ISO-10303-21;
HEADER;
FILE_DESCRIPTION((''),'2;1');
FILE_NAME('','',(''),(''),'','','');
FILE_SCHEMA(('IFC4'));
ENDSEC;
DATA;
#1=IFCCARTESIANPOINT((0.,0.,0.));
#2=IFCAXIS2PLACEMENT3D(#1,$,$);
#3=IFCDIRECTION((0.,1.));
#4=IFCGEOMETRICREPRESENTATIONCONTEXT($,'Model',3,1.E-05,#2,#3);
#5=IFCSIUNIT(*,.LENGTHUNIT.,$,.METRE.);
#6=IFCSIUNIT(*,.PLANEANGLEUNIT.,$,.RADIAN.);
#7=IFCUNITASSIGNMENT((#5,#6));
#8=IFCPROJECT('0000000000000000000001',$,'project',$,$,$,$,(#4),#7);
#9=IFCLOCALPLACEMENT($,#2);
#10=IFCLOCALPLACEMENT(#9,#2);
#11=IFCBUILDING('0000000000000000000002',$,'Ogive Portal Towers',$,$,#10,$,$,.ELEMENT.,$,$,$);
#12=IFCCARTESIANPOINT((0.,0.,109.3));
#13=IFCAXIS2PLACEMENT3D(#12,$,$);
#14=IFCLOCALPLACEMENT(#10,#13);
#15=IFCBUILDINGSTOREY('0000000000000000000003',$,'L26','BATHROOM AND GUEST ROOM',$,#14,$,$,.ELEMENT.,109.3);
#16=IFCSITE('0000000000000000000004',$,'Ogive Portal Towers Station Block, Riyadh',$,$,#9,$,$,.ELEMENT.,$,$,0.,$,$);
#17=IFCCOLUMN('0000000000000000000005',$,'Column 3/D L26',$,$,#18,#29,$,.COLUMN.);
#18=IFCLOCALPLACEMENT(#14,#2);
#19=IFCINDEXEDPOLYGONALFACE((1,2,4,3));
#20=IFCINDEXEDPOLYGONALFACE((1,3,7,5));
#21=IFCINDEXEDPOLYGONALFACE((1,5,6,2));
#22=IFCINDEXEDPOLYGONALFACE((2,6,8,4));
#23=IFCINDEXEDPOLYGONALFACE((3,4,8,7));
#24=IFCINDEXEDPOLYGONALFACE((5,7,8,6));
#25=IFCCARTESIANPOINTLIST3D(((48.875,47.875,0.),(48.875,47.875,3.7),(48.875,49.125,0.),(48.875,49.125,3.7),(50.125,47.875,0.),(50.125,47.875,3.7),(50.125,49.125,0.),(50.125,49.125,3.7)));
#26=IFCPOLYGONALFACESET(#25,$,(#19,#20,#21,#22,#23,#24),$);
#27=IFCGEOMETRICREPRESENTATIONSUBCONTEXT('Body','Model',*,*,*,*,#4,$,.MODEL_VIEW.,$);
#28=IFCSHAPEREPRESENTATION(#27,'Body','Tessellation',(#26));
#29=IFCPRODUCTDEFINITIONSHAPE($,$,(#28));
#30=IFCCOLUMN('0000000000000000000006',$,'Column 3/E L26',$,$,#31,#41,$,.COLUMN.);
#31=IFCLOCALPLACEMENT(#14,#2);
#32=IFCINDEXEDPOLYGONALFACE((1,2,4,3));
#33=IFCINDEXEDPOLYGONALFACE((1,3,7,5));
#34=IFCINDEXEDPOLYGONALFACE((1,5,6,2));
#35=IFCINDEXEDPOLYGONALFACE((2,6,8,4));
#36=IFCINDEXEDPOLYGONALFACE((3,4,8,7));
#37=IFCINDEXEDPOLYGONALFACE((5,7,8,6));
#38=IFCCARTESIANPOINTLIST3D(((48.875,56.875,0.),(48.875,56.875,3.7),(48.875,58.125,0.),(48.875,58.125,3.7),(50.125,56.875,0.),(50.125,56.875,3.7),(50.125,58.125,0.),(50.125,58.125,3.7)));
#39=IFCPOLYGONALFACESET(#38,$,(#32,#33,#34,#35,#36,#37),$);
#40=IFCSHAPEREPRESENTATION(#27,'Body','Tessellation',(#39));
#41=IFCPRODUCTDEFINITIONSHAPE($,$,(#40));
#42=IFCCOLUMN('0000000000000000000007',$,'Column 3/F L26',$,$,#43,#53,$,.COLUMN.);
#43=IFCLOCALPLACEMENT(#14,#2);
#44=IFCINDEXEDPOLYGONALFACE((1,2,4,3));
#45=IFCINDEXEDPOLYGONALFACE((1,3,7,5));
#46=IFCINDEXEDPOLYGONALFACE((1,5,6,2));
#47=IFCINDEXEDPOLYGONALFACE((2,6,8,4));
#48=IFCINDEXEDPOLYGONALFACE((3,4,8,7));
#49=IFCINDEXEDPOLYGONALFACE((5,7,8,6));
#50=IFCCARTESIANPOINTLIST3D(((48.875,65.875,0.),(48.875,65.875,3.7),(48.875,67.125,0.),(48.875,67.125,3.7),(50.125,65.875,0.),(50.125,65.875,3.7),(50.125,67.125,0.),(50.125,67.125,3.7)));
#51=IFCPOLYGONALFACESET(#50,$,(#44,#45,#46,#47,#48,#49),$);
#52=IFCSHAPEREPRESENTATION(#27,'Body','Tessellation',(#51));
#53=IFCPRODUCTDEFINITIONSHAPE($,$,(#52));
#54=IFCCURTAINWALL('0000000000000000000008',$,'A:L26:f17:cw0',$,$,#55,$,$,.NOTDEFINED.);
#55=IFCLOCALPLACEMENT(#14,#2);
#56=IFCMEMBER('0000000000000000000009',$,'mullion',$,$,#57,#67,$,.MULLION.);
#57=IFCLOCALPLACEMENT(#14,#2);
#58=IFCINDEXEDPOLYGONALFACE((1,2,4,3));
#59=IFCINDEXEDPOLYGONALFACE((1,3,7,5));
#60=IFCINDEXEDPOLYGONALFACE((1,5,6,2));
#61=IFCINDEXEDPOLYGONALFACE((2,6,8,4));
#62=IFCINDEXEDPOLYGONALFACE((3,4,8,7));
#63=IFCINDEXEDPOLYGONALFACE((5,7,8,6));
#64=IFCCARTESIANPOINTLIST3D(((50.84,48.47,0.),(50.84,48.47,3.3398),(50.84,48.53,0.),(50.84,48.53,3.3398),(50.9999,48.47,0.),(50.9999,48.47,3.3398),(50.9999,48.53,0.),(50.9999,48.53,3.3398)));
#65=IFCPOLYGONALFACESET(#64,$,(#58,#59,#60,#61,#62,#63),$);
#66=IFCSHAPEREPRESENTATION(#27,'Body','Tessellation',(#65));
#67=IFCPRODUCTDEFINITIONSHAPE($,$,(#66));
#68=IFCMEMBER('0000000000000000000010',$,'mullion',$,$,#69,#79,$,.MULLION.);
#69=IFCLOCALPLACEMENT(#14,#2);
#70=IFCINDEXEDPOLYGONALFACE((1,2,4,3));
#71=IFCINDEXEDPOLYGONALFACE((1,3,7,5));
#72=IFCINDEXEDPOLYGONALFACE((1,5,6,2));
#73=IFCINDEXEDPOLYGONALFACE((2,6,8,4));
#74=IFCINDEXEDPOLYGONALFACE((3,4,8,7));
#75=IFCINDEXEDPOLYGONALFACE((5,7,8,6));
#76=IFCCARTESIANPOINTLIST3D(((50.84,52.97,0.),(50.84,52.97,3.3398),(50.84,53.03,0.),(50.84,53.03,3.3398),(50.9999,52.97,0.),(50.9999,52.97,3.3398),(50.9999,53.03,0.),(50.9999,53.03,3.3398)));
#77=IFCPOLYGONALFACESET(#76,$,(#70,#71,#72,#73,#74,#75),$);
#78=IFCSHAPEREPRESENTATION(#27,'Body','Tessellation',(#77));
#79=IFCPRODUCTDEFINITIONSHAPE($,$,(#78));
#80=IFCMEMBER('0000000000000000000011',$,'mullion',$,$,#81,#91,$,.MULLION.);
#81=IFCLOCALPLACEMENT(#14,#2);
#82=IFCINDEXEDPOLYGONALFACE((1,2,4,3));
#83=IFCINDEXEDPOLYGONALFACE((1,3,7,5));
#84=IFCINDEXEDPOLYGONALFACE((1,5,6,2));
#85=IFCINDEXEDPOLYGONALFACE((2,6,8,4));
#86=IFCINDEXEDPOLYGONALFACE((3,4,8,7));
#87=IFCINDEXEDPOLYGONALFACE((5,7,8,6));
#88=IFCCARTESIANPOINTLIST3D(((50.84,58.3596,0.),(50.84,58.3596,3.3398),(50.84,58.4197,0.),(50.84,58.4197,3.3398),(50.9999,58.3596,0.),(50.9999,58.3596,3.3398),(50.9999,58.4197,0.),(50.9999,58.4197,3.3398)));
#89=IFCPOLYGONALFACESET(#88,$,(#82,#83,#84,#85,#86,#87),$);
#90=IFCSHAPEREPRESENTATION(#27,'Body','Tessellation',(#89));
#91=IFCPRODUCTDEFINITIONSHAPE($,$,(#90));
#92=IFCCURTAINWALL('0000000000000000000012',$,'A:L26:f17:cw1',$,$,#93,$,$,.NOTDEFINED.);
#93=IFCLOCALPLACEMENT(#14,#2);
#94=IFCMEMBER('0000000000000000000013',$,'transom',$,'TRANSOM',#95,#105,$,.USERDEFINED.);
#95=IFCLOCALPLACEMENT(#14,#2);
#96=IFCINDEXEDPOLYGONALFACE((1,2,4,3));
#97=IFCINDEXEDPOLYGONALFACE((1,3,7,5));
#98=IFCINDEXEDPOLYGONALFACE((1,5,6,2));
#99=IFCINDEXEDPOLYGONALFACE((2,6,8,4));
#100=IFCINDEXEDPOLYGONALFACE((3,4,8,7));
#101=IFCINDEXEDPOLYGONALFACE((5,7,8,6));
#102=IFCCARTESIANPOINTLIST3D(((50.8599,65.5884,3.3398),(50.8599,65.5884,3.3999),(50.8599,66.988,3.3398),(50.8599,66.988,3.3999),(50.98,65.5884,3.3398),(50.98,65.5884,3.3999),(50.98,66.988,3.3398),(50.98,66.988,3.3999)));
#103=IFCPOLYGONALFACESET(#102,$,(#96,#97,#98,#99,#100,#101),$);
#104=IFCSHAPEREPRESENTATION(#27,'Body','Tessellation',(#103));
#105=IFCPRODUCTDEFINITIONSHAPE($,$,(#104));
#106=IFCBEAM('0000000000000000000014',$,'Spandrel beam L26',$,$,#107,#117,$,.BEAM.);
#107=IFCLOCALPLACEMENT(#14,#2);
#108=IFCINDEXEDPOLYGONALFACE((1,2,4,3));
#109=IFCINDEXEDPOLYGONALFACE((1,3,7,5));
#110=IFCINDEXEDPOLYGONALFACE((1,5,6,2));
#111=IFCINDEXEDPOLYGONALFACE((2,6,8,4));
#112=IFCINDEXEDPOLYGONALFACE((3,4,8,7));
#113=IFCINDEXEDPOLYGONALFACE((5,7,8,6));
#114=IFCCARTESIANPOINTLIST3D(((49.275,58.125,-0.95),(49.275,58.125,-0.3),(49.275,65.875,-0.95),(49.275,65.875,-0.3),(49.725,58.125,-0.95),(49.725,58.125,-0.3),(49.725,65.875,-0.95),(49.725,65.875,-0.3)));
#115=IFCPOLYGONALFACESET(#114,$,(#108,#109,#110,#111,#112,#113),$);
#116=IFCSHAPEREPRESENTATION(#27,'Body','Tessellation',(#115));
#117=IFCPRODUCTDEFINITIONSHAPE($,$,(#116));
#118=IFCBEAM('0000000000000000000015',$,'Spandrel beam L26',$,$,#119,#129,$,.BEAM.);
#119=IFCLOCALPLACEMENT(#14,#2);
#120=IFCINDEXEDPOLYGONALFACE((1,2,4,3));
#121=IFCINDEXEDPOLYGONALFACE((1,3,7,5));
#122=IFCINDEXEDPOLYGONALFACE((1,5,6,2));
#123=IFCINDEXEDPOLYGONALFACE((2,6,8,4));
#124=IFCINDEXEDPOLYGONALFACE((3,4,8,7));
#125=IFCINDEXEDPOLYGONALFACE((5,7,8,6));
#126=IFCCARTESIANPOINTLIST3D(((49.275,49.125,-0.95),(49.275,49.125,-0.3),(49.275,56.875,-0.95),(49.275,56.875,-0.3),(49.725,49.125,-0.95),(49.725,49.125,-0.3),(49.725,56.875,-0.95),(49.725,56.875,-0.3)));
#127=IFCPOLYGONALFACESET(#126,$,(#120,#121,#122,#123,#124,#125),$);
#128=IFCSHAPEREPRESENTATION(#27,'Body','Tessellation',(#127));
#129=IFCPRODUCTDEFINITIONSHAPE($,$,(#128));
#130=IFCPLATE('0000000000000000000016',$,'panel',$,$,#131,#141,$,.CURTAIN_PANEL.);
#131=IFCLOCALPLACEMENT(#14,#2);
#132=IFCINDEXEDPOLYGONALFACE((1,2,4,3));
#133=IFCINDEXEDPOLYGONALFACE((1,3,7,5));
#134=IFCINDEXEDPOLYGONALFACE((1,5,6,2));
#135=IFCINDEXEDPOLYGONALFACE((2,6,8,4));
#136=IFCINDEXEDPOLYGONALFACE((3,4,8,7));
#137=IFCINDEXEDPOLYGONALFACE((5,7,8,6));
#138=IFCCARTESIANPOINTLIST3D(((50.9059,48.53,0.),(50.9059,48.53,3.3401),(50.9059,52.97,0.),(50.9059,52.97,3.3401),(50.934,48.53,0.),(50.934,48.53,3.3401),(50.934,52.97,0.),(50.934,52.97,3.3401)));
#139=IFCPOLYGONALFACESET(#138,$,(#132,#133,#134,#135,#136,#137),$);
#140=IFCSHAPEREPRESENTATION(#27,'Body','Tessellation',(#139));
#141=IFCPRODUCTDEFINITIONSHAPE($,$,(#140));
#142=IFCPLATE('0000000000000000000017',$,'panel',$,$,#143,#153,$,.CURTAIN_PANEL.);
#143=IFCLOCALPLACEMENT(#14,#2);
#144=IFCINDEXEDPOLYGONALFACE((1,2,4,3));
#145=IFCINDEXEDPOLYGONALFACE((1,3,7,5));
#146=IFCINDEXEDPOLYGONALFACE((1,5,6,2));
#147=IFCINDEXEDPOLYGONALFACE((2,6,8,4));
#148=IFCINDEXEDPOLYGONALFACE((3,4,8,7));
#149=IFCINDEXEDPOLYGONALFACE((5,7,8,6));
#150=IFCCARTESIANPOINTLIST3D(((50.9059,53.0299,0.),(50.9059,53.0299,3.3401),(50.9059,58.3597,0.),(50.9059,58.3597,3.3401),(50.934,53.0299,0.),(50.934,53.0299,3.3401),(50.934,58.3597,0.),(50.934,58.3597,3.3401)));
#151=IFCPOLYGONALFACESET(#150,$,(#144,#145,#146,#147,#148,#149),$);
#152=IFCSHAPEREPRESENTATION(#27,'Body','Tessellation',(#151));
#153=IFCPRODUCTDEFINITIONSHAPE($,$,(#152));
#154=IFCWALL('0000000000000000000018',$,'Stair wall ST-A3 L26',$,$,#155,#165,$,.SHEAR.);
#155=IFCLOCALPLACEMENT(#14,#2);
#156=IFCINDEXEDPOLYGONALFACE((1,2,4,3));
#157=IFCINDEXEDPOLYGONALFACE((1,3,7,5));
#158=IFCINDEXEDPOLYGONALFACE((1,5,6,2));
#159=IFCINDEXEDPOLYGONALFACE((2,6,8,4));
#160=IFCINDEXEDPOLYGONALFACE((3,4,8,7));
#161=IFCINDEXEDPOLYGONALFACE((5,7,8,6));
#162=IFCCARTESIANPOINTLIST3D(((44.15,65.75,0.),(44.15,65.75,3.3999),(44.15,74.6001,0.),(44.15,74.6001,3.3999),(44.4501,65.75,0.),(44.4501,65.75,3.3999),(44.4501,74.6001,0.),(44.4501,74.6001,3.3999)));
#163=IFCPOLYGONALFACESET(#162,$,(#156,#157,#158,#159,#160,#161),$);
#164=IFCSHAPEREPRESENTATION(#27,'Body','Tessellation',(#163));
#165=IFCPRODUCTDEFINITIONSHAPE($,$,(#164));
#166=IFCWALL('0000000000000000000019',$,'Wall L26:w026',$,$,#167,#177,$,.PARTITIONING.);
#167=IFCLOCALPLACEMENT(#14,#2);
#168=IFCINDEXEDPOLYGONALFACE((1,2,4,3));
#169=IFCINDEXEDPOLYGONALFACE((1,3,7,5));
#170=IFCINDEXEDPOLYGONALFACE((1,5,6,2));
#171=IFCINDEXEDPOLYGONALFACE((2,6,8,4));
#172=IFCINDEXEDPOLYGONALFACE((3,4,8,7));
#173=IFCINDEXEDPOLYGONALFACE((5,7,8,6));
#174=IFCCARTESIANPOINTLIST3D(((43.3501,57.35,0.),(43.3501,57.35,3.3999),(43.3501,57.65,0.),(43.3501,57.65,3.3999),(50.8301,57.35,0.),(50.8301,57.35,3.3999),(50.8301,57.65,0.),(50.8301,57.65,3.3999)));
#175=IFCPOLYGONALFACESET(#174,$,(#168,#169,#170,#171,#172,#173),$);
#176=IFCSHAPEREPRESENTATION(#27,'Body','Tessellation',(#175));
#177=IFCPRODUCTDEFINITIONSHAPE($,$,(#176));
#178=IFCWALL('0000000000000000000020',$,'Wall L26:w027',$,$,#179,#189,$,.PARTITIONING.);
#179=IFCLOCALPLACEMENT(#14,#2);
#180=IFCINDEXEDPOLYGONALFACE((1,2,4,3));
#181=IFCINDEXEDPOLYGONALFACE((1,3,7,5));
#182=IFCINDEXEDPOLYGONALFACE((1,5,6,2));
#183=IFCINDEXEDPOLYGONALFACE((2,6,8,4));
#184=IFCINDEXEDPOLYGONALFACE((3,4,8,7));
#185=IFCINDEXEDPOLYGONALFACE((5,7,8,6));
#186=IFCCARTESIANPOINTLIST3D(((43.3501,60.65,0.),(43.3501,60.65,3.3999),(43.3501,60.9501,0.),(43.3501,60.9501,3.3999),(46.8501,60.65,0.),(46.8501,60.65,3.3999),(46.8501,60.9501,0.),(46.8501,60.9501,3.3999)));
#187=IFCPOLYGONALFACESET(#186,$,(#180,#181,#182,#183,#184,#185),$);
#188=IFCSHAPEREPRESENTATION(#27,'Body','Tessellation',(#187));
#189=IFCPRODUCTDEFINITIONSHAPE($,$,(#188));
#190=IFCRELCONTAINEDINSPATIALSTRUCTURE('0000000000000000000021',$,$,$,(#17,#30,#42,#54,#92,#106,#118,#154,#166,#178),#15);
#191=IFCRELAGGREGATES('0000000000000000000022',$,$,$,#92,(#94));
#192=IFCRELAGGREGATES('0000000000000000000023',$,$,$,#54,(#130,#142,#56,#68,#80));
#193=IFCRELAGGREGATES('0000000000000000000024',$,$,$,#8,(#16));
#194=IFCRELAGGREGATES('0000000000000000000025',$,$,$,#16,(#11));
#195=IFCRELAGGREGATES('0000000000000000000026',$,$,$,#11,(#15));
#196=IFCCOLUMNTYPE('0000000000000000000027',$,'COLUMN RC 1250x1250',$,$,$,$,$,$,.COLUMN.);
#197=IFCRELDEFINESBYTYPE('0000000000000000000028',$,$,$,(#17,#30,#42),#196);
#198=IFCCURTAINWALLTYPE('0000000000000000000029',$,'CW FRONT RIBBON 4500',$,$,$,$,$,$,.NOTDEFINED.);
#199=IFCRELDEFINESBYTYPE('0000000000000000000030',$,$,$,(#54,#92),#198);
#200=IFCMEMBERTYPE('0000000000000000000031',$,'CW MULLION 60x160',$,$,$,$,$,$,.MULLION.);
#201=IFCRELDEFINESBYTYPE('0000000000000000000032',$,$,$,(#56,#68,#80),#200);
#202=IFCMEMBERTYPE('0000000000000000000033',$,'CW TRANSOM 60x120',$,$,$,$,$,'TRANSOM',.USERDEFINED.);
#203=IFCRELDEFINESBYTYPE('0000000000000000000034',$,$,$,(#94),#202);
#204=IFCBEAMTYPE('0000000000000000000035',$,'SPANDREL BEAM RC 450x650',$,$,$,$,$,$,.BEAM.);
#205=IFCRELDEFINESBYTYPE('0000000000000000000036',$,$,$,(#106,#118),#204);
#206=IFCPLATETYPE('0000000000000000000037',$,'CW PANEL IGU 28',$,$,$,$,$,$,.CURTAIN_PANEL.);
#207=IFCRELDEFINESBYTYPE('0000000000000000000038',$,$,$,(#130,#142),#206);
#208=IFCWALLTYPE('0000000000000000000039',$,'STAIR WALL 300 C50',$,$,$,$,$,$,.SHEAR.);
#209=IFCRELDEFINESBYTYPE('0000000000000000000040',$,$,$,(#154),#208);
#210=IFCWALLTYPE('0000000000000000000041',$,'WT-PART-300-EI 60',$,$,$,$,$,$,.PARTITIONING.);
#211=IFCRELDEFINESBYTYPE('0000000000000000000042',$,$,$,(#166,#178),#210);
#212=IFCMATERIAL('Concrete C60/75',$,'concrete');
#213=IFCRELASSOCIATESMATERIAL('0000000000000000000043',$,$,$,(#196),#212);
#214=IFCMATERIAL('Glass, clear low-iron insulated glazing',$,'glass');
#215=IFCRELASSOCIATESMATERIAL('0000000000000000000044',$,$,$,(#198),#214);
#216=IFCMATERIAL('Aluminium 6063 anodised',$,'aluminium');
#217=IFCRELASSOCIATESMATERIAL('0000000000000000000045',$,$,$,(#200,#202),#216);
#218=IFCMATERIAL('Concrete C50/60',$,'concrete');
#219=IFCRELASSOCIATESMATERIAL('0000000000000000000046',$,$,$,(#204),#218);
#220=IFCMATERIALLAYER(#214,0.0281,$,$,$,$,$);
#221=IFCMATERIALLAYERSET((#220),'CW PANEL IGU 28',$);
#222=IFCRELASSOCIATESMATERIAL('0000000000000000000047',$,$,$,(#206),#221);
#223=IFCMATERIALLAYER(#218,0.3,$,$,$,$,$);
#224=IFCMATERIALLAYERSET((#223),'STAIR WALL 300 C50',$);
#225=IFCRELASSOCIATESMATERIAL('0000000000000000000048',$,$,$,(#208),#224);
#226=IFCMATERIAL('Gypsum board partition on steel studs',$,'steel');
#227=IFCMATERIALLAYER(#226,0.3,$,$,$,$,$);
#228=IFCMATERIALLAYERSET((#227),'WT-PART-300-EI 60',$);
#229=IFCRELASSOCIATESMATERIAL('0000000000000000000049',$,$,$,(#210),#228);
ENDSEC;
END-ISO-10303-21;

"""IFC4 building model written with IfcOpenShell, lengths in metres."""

from ifc_helpers import new_model, si_unit, direction, frame, frame_2d, origin, origin_2d, place, context, subcontext, project, spatial, rectangle, extrude, material, layer, layer_set, material_profile, profile_set, type_object, element, aggregate, save


model = new_model("IFC4")

# Units and contexts
model_context = context("Model", 3, precision=1e-05, world=origin(), true_north=direction((0.0, 1.0)))
body_context = subcontext(model_context, "Body", "Model", "MODEL_VIEW")
ifc_project = project(units=[si_unit("LENGTHUNIT", "METRE"), si_unit("PLANEANGLEUNIT", "RADIAN")], contexts=[model_context])

# Site, building, storey
site_placement = place(None, origin())
site = spatial("IfcSite", under=ifc_project, at=site_placement, Name="Ogive Portal Towers Station Block, Riyadh", CompositionType="ELEMENT", RefElevation=0.0)
building_placement = place(site_placement, origin())
building = spatial("IfcBuilding", under=site, at=building_placement, Name="Ogive Portal Towers", CompositionType="ELEMENT")
storey_placement = place(building_placement, frame((0.0, 0.0, 109.3)))
storey = spatial("IfcBuildingStorey", under=building, at=storey_placement, Name="L26", Description="BATHROOM AND GUEST ROOM", CompositionType="ELEMENT", Elevation=109.3)

# Columns
ifc_material_1 = material(Name="Concrete C60/75", Category="concrete")
ifc_material_profile_1 = material_profile(ifc_material_1, rectangle(XDim=1.25, YDim=1.25, at=origin_2d()), Name="RC 1250x1250")
ifc_profile_set_1 = profile_set([ifc_material_profile_1], Name="Concrete C60/75")
column_type = type_object("IfcColumnType", Name="COLUMN RC 1250x1250", PredefinedType="COLUMN", material=ifc_profile_set_1)
for number, where, z_axis, x_axis, name in (
    (1, (49.5, 48.5, 0.0), (0.0, 0.0, 1.0), (1.0, 0.0, 0.0), "Column 3/D L26"),
    (2, (49.5, 57.5, 0.0), (0.0, 0.0, 1.0), (1.0, 0.0, 0.0), "Column 3/E L26"),
    (3, (49.5, 66.5, 0.0), (0.0, 0.0, 1.0), (1.0, 0.0, 0.0), "Column 3/F L26"),
):
    element("IfcColumn", number, at=place(storey_placement, frame(where, z_axis=z_axis, x_axis=x_axis)), inside=storey, type_object=column_type, Name=name, PredefinedType="COLUMN", context=body_context, shape_type="SweptSolid", body=[
        extrude(rectangle(XDim=1.25, YDim=1.25, at=origin_2d()), origin(), (0.0, 0.0, 1.0), 3.7),
    ])

# Curtain wall, members
ifc_material_2 = material(Name="Glass, clear low-iron insulated glazing", Category="glass")
curtain_wall_type = type_object("IfcCurtainWallType", Name="CW FRONT RIBBON 4500", PredefinedType="NOTDEFINED", material=ifc_material_2)
curtain_wall_1_placement = place(storey_placement, origin())
curtain_wall_1 = element("IfcCurtainWall", 4, at=curtain_wall_1_placement, inside=storey, type_object=curtain_wall_type, Name="A:L26:f17:cw0", PredefinedType="NOTDEFINED")
ifc_material_3 = material(Name="Aluminium 6063 anodised", Category="aluminium")
ifc_material_profile_2 = material_profile(ifc_material_3, rectangle(XDim=0.1599, YDim=0.0601, at=origin_2d()), Name="AL 60x160")
ifc_profile_set_2 = profile_set([ifc_material_profile_2], Name="Aluminium 6063 anodised")
member_type_1 = type_object("IfcMemberType", Name="CW MULLION 60x160", PredefinedType="MULLION", material=ifc_profile_set_2)
member_1_placement = place(storey_placement, frame((50.9199, 48.5, 0.0), z_axis=(0.0, 0.0, 1.0), x_axis=(-1.0, 0.0, 0.0)))
member_1 = element("IfcMember", 5, at=member_1_placement, type_object=member_type_1, Name="mullion", PredefinedType="MULLION", context=body_context, shape_type="SweptSolid", body=[
    extrude(rectangle(XDim=0.1599, YDim=0.0601, at=origin_2d()), origin(), (0.0, 0.0, 1.0), 3.3398),
])
member_2_placement = place(storey_placement, frame((50.9199, 53.0, 0.0), z_axis=(0.0, 0.0, 1.0), x_axis=(-1.0, 0.0, 0.0)))
member_2 = element("IfcMember", 6, at=member_2_placement, type_object=member_type_1, Name="mullion", PredefinedType="MULLION", context=body_context, shape_type="SweptSolid", body=[
    extrude(rectangle(XDim=0.1599, YDim=0.0601, at=origin_2d()), origin(), (0.0, 0.0, 1.0), 3.3398),
])
member_3_placement = place(storey_placement, frame((50.9199, 58.3896, 0.0), z_axis=(0.0, 0.0, 1.0), x_axis=(-1.0, 0.0, 0.0)))
member_3 = element("IfcMember", 7, at=member_3_placement, type_object=member_type_1, Name="mullion", PredefinedType="MULLION", context=body_context, shape_type="SweptSolid", body=[
    extrude(rectangle(XDim=0.1599, YDim=0.0601, at=origin_2d()), origin(), (0.0, 0.0, 1.0), 3.3398),
])

# Curtain wall, member
curtain_wall_2_placement = place(storey_placement, origin())
curtain_wall_2 = element("IfcCurtainWall", 8, at=curtain_wall_2_placement, inside=storey, type_object=curtain_wall_type, Name="A:L26:f17:cw1", PredefinedType="NOTDEFINED")
ifc_material_profile_3 = material_profile(ifc_material_3, rectangle(XDim=0.1201, YDim=0.0601, at=origin_2d()), Name="AL 120x60")
ifc_profile_set_3 = profile_set([ifc_material_profile_3], Name="Aluminium 6063 anodised")
member_type_2 = type_object("IfcMemberType", Name="CW TRANSOM 60x120", ElementType="TRANSOM", PredefinedType="USERDEFINED", material=ifc_profile_set_3)
member_4_placement = place(storey_placement, frame((50.9199, 65.5884, 3.3699), z_axis=(0.0, 1.0, 0.0), x_axis=(-1.0, 0.0, 0.0)))
member_4 = element("IfcMember", 9, at=member_4_placement, type_object=member_type_2, Name="transom", ObjectType="TRANSOM", PredefinedType="USERDEFINED", context=body_context, shape_type="SweptSolid", body=[
    extrude(rectangle(XDim=0.1201, YDim=0.0601, at=origin_2d()), origin(), (0.0, 0.0, 1.0), 1.3997),
])
aggregate(curtain_wall_2, [member_4])

# Beams
ifc_material_4 = material(Name="Concrete C50/60", Category="concrete")
ifc_material_profile_4 = material_profile(ifc_material_4, rectangle(XDim=0.45, YDim=0.6499, at=origin_2d()), Name="RC 450x650")
ifc_profile_set_4 = profile_set([ifc_material_profile_4], Name="Concrete C50/60")
beam_type = type_object("IfcBeamType", Name="SPANDREL BEAM RC 450x650", PredefinedType="BEAM", material=ifc_profile_set_4)
for number, where, z_axis, x_axis, name in (
    (10, (49.5, 65.875, -0.625), (0.0, -1.0, 0.0), (1.0, 0.0, 0.0), "Spandrel beam L26"),
    (11, (49.5, 56.875, -0.625), (0.0, -1.0, 0.0), (1.0, 0.0, 0.0), "Spandrel beam L26"),
):
    element("IfcBeam", number, at=place(storey_placement, frame(where, z_axis=z_axis, x_axis=x_axis)), inside=storey, type_object=beam_type, Name=name, PredefinedType="BEAM", context=body_context, shape_type="SweptSolid", body=[
        extrude(rectangle(XDim=0.45, YDim=0.6499, at=origin_2d()), origin(), (0.0, 0.0, 1.0), 7.75),
    ])

# Plates
ifc_layer_1 = layer(ifc_material_2, 0.0281)
ifc_layer_set_1 = layer_set([ifc_layer_1], Name="CW PANEL IGU 28")
plate_type = type_object("IfcPlateType", Name="CW PANEL IGU 28", PredefinedType="CURTAIN_PANEL", material=ifc_layer_set_1)
plate_1_placement = place(storey_placement, frame((50.9199, 50.75, 0.0), z_axis=(0.0, 0.0, 1.0), x_axis=(0.0, 1.0, 0.0)))
plate_1 = element("IfcPlate", 12, at=plate_1_placement, type_object=plate_type, Name="panel", PredefinedType="CURTAIN_PANEL", context=body_context, shape_type="SweptSolid", body=[
    extrude(rectangle(XDim=4.4399, YDim=0.0281, at=origin_2d()), origin(), (0.0, 0.0, 1.0), 3.3401),
])
plate_2_placement = place(storey_placement, frame((50.9199, 55.6948, 0.0), z_axis=(0.0, 0.0, 1.0), x_axis=(0.0, 1.0, 0.0)))
plate_2 = element("IfcPlate", 13, at=plate_2_placement, type_object=plate_type, Name="panel", PredefinedType="CURTAIN_PANEL", context=body_context, shape_type="SweptSolid", body=[
    extrude(rectangle(XDim=5.3298, YDim=0.0281, at=origin_2d()), origin(), (0.0, 0.0, 1.0), 3.3401),
])
aggregate(curtain_wall_1, [plate_1, plate_2, member_1, member_2, member_3])

# Walls
ifc_layer_2 = layer(ifc_material_4, 0.3)
ifc_layer_set_2 = layer_set([ifc_layer_2], Name="STAIR WALL 300 C50")
wall_type_1 = type_object("IfcWallType", Name="STAIR WALL 300 C50", PredefinedType="SHEAR", material=ifc_layer_set_2)
wall_1_placement = place(storey_placement, frame((44.3, 65.75, 0.0), z_axis=(0.0, 0.0, 1.0), x_axis=(0.0, 1.0, 0.0)))
element("IfcWall", 14, at=wall_1_placement, inside=storey, type_object=wall_type_1, Name="Stair wall ST-A3 L26", PredefinedType="SHEAR", context=body_context, shape_type="SweptSolid", body=[
    extrude(rectangle(XDim=8.8501, YDim=0.3, at=frame_2d((4.425, 0.0))), origin(), (0.0, 0.0, 1.0), 3.3999),
])
ifc_material_5 = material(Name="Gypsum board partition on steel studs", Category="steel")
ifc_layer_3 = layer(ifc_material_5, 0.3)
ifc_layer_set_3 = layer_set([ifc_layer_3], Name="WT-PART-300-EI 60")
wall_type_2 = type_object("IfcWallType", Name="WT-PART-300-EI 60", PredefinedType="PARTITIONING", material=ifc_layer_set_3)
wall_2_placement = place(storey_placement, frame((43.3501, 57.5, 0.0), z_axis=(0.0, 0.0, 1.0), x_axis=(1.0, 0.0, 0.0)))
element("IfcWall", 15, at=wall_2_placement, inside=storey, type_object=wall_type_2, Name="Wall L26:w026", PredefinedType="PARTITIONING", context=body_context, shape_type="SweptSolid", body=[
    extrude(rectangle(XDim=7.48, YDim=0.3, at=frame_2d((3.74, 0.0))), origin(), (0.0, 0.0, 1.0), 3.3999),
])
wall_3_placement = place(storey_placement, frame((43.3501, 60.8, 0.0), z_axis=(0.0, 0.0, 1.0), x_axis=(1.0, 0.0, 0.0)))
element("IfcWall", 16, at=wall_3_placement, inside=storey, type_object=wall_type_2, Name="Wall L26:w027", PredefinedType="PARTITIONING", context=body_context, shape_type="SweptSolid", body=[
    extrude(rectangle(XDim=3.5, YDim=0.3, at=frame_2d((1.75, 0.0))), origin(), (0.0, 0.0, 1.0), 3.3999),
])

save(model, "model.ifc")
